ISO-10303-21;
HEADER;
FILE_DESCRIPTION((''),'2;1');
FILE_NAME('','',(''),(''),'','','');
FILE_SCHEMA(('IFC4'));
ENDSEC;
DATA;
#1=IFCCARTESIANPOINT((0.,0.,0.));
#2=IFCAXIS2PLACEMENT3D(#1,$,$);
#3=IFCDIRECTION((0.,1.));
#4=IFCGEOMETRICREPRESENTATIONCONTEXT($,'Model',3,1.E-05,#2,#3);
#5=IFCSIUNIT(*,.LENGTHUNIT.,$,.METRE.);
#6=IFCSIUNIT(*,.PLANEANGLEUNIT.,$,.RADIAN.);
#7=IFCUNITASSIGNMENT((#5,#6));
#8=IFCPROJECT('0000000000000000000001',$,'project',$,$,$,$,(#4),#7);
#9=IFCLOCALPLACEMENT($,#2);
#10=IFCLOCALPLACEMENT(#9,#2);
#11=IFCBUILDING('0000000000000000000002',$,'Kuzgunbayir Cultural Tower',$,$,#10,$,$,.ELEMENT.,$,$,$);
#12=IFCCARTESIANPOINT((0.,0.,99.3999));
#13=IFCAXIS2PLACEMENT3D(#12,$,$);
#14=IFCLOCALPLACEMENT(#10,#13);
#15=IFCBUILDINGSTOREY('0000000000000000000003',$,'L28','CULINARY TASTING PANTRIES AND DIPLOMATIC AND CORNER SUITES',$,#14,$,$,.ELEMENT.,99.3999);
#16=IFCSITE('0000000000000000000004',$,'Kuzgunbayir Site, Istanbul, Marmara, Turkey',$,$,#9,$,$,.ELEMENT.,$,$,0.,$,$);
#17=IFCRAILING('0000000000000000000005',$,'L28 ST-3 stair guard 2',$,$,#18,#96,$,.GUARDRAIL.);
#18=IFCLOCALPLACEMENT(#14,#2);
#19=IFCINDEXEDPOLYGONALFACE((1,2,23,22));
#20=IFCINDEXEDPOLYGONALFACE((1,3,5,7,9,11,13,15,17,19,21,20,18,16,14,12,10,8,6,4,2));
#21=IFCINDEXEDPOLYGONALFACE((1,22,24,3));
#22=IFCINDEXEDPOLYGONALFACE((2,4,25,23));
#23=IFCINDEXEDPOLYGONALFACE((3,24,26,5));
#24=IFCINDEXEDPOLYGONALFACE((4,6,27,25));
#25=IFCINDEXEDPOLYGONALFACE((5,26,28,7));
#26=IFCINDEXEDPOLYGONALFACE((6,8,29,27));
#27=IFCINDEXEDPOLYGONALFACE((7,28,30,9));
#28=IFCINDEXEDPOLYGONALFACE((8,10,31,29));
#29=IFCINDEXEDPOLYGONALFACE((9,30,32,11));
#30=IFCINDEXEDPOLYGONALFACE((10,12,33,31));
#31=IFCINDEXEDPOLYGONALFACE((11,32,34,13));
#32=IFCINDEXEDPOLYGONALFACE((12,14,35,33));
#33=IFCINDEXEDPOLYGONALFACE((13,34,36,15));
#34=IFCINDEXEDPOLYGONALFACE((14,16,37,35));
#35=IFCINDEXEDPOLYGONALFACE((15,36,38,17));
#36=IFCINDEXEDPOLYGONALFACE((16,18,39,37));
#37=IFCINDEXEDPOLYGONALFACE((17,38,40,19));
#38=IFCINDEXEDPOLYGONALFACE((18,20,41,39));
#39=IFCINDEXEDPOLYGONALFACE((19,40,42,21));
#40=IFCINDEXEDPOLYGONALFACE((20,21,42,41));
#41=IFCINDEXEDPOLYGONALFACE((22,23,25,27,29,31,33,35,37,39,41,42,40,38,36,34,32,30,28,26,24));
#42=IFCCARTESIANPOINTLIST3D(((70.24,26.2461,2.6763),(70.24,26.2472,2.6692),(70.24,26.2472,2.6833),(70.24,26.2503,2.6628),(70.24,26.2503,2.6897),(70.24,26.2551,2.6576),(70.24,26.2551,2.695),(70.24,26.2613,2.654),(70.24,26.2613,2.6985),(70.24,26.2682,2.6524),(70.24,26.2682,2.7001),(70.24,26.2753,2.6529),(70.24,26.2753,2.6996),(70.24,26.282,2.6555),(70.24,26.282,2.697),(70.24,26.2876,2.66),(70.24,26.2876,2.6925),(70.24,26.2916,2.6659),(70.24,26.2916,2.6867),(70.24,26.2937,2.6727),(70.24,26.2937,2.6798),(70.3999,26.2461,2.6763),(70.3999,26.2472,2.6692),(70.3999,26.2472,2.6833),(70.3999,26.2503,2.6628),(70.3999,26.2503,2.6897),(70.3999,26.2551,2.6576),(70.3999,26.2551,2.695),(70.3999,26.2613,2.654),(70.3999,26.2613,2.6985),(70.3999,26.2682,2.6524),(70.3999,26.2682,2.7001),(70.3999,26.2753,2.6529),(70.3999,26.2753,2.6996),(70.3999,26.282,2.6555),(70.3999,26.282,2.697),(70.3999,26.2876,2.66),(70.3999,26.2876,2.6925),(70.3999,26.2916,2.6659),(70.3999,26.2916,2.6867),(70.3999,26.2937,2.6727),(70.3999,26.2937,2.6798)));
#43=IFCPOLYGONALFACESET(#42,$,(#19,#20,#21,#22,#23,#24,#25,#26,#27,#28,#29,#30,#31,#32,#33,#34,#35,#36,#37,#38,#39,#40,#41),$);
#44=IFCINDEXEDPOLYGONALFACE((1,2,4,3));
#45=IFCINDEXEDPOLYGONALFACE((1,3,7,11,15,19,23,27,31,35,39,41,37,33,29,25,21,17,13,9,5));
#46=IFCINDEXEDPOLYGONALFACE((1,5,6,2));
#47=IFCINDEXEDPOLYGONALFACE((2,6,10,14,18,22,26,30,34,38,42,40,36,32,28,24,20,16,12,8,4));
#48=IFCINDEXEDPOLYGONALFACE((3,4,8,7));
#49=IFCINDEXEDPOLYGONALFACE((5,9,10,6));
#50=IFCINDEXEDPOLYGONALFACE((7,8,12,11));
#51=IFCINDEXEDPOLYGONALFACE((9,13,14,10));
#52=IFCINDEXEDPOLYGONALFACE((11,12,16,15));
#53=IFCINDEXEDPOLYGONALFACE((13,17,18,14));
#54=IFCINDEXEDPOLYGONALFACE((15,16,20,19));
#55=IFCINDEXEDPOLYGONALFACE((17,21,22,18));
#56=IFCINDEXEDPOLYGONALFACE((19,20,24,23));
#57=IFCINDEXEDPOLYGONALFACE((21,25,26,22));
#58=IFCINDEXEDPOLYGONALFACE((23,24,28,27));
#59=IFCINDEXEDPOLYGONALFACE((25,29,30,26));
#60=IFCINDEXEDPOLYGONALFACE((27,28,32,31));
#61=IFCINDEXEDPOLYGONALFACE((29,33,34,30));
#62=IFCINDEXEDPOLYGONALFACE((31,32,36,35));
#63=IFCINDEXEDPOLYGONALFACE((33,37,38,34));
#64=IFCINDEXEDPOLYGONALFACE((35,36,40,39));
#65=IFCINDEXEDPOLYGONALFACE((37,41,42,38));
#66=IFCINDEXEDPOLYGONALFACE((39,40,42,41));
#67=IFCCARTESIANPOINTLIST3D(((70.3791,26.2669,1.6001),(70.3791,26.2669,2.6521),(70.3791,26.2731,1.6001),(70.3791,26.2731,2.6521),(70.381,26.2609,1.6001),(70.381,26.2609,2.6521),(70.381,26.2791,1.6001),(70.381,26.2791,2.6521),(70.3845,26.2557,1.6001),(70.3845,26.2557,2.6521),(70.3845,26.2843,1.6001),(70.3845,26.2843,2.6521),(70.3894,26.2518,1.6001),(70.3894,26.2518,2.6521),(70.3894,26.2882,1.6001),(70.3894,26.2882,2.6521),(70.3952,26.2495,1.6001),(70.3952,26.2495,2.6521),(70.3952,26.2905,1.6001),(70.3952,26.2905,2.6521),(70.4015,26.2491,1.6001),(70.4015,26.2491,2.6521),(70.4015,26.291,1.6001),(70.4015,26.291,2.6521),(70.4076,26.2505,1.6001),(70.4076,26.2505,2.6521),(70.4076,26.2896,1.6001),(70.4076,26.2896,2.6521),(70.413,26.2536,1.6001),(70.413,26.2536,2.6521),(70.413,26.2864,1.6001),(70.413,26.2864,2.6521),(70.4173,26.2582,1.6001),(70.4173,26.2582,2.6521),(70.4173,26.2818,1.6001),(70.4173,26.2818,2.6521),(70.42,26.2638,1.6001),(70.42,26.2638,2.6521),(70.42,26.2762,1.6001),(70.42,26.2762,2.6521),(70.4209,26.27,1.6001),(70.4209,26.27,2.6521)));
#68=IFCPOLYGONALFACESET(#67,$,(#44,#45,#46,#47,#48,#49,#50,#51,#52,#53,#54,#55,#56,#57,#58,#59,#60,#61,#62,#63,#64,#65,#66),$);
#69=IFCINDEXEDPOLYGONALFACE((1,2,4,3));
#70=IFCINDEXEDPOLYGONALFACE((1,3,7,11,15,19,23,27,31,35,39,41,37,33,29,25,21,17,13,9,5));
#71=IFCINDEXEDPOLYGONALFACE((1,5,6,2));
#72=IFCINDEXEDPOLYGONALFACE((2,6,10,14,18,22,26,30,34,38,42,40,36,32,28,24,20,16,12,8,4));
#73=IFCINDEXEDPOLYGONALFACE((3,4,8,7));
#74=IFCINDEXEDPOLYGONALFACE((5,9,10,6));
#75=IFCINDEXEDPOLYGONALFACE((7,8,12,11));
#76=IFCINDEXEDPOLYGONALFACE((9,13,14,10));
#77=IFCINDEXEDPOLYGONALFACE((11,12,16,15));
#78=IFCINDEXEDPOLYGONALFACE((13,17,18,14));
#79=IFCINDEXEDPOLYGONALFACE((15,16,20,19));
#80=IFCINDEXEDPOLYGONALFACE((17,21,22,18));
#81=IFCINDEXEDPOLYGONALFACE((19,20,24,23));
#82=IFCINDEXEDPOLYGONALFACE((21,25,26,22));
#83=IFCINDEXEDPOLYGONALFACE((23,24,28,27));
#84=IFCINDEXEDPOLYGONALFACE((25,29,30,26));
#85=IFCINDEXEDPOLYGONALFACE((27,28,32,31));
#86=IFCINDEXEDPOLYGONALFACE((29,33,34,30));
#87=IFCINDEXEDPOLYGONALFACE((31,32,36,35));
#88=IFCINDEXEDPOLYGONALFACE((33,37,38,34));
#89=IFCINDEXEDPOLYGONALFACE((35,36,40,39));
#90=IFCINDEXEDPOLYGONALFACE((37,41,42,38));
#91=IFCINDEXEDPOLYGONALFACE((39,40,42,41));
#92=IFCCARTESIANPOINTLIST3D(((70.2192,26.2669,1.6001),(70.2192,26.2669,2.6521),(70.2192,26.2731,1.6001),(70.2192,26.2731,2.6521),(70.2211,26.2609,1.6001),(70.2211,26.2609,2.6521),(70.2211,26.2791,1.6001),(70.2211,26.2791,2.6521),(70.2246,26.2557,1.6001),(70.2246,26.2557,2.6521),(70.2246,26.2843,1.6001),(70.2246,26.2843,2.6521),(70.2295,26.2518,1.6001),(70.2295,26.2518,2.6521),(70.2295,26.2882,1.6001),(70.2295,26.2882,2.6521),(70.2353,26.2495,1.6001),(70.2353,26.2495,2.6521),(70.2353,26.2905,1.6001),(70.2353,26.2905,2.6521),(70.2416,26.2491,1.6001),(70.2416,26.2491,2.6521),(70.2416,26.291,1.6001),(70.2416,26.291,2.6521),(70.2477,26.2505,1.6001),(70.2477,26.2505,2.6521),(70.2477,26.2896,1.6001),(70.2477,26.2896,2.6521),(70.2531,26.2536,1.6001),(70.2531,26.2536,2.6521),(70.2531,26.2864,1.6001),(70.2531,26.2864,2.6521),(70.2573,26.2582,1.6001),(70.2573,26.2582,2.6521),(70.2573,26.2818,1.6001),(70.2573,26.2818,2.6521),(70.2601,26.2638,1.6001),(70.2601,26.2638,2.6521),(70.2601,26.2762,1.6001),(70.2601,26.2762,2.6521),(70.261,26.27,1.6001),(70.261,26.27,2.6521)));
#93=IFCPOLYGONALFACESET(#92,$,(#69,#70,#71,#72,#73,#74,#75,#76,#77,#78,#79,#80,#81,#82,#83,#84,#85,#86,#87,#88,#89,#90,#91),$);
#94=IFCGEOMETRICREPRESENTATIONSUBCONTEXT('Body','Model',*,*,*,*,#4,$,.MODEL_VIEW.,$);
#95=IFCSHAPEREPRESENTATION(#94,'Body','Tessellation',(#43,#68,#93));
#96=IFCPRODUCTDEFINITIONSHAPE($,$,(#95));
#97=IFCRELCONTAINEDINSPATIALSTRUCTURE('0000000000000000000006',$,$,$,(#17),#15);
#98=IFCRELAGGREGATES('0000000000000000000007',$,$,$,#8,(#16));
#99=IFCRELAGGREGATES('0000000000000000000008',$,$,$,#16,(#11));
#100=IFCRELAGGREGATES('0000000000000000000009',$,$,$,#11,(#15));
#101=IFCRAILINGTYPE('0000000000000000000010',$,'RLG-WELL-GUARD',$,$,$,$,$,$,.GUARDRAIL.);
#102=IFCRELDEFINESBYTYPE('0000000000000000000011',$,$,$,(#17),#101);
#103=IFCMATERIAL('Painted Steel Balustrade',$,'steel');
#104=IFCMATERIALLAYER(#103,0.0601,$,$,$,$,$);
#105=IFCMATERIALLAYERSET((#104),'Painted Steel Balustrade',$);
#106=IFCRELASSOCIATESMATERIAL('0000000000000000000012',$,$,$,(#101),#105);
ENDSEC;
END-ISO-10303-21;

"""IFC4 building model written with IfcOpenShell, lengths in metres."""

from ifc_helpers import new_model, si_unit, direction, frame, origin, origin_2d, place, context, subcontext, project, spatial, circle, extrude, material, layer, layer_set, type_object, element, save


model = new_model("IFC4")

# Units and contexts
model_context = context("Model", 3, precision=1e-05, world=origin(), true_north=direction((0.0, 1.0)))
body_context = subcontext(model_context, "Body", "Model", "MODEL_VIEW")
ifc_project = project(units=[si_unit("LENGTHUNIT", "METRE"), si_unit("PLANEANGLEUNIT", "RADIAN")], contexts=[model_context])

# Site, building, storey
site_placement = place(None, origin())
site = spatial("IfcSite", under=ifc_project, at=site_placement, Name="Kuzgunbayir Site, Istanbul, Marmara, Turkey", CompositionType="ELEMENT", RefElevation=0.0)
building_placement = place(site_placement, origin())
building = spatial("IfcBuilding", under=site, at=building_placement, Name="Kuzgunbayir Cultural Tower", CompositionType="ELEMENT")
storey_placement = place(building_placement, frame((0.0, 0.0, 99.3999)))
storey = spatial("IfcBuildingStorey", under=building, at=storey_placement, Name="L28", Description="CULINARY TASTING PANTRIES AND DIPLOMATIC AND CORNER SUITES", CompositionType="ELEMENT", Elevation=99.3999)

# Railing
ifc_material_1 = material(Name="Painted Steel Balustrade", Category="steel")
ifc_layer_1 = layer(ifc_material_1, 0.0601)
ifc_layer_set_1 = layer_set([ifc_layer_1], Name="Painted Steel Balustrade")
railing_type_1 = type_object("IfcRailingType", Name="RLG-WELL-GUARD", PredefinedType="GUARDRAIL", material=ifc_layer_set_1)
railing_1_placement = place(storey_placement, frame((70.3999, 26.27, 1.6001)))
element("IfcRailing", 1, at=railing_1_placement, inside=storey, type_object=railing_type_1, Name="L28 ST-3 stair guard 2", PredefinedType="GUARDRAIL", context=body_context, shape_type="SweptSolid", body=[
    extrude(circle(Radius=0.0239, at=origin_2d()), frame((0.0, 0.0, 1.0762), z_axis=(-1.0, 0.0, 0.0), x_axis=(0.0, -1.0, 0.0)), (0.0, 0.0, 1.0), 0.1599),
    extrude(circle(Radius=0.021, at=origin_2d()), origin(), (0.0, 0.0, 1.0), 1.052),
    extrude(circle(Radius=0.021, at=origin_2d()), frame((-0.1599, 0.0, 0.0)), (0.0, 0.0, 1.0), 1.052),
])

save(model, "model.ifc")
